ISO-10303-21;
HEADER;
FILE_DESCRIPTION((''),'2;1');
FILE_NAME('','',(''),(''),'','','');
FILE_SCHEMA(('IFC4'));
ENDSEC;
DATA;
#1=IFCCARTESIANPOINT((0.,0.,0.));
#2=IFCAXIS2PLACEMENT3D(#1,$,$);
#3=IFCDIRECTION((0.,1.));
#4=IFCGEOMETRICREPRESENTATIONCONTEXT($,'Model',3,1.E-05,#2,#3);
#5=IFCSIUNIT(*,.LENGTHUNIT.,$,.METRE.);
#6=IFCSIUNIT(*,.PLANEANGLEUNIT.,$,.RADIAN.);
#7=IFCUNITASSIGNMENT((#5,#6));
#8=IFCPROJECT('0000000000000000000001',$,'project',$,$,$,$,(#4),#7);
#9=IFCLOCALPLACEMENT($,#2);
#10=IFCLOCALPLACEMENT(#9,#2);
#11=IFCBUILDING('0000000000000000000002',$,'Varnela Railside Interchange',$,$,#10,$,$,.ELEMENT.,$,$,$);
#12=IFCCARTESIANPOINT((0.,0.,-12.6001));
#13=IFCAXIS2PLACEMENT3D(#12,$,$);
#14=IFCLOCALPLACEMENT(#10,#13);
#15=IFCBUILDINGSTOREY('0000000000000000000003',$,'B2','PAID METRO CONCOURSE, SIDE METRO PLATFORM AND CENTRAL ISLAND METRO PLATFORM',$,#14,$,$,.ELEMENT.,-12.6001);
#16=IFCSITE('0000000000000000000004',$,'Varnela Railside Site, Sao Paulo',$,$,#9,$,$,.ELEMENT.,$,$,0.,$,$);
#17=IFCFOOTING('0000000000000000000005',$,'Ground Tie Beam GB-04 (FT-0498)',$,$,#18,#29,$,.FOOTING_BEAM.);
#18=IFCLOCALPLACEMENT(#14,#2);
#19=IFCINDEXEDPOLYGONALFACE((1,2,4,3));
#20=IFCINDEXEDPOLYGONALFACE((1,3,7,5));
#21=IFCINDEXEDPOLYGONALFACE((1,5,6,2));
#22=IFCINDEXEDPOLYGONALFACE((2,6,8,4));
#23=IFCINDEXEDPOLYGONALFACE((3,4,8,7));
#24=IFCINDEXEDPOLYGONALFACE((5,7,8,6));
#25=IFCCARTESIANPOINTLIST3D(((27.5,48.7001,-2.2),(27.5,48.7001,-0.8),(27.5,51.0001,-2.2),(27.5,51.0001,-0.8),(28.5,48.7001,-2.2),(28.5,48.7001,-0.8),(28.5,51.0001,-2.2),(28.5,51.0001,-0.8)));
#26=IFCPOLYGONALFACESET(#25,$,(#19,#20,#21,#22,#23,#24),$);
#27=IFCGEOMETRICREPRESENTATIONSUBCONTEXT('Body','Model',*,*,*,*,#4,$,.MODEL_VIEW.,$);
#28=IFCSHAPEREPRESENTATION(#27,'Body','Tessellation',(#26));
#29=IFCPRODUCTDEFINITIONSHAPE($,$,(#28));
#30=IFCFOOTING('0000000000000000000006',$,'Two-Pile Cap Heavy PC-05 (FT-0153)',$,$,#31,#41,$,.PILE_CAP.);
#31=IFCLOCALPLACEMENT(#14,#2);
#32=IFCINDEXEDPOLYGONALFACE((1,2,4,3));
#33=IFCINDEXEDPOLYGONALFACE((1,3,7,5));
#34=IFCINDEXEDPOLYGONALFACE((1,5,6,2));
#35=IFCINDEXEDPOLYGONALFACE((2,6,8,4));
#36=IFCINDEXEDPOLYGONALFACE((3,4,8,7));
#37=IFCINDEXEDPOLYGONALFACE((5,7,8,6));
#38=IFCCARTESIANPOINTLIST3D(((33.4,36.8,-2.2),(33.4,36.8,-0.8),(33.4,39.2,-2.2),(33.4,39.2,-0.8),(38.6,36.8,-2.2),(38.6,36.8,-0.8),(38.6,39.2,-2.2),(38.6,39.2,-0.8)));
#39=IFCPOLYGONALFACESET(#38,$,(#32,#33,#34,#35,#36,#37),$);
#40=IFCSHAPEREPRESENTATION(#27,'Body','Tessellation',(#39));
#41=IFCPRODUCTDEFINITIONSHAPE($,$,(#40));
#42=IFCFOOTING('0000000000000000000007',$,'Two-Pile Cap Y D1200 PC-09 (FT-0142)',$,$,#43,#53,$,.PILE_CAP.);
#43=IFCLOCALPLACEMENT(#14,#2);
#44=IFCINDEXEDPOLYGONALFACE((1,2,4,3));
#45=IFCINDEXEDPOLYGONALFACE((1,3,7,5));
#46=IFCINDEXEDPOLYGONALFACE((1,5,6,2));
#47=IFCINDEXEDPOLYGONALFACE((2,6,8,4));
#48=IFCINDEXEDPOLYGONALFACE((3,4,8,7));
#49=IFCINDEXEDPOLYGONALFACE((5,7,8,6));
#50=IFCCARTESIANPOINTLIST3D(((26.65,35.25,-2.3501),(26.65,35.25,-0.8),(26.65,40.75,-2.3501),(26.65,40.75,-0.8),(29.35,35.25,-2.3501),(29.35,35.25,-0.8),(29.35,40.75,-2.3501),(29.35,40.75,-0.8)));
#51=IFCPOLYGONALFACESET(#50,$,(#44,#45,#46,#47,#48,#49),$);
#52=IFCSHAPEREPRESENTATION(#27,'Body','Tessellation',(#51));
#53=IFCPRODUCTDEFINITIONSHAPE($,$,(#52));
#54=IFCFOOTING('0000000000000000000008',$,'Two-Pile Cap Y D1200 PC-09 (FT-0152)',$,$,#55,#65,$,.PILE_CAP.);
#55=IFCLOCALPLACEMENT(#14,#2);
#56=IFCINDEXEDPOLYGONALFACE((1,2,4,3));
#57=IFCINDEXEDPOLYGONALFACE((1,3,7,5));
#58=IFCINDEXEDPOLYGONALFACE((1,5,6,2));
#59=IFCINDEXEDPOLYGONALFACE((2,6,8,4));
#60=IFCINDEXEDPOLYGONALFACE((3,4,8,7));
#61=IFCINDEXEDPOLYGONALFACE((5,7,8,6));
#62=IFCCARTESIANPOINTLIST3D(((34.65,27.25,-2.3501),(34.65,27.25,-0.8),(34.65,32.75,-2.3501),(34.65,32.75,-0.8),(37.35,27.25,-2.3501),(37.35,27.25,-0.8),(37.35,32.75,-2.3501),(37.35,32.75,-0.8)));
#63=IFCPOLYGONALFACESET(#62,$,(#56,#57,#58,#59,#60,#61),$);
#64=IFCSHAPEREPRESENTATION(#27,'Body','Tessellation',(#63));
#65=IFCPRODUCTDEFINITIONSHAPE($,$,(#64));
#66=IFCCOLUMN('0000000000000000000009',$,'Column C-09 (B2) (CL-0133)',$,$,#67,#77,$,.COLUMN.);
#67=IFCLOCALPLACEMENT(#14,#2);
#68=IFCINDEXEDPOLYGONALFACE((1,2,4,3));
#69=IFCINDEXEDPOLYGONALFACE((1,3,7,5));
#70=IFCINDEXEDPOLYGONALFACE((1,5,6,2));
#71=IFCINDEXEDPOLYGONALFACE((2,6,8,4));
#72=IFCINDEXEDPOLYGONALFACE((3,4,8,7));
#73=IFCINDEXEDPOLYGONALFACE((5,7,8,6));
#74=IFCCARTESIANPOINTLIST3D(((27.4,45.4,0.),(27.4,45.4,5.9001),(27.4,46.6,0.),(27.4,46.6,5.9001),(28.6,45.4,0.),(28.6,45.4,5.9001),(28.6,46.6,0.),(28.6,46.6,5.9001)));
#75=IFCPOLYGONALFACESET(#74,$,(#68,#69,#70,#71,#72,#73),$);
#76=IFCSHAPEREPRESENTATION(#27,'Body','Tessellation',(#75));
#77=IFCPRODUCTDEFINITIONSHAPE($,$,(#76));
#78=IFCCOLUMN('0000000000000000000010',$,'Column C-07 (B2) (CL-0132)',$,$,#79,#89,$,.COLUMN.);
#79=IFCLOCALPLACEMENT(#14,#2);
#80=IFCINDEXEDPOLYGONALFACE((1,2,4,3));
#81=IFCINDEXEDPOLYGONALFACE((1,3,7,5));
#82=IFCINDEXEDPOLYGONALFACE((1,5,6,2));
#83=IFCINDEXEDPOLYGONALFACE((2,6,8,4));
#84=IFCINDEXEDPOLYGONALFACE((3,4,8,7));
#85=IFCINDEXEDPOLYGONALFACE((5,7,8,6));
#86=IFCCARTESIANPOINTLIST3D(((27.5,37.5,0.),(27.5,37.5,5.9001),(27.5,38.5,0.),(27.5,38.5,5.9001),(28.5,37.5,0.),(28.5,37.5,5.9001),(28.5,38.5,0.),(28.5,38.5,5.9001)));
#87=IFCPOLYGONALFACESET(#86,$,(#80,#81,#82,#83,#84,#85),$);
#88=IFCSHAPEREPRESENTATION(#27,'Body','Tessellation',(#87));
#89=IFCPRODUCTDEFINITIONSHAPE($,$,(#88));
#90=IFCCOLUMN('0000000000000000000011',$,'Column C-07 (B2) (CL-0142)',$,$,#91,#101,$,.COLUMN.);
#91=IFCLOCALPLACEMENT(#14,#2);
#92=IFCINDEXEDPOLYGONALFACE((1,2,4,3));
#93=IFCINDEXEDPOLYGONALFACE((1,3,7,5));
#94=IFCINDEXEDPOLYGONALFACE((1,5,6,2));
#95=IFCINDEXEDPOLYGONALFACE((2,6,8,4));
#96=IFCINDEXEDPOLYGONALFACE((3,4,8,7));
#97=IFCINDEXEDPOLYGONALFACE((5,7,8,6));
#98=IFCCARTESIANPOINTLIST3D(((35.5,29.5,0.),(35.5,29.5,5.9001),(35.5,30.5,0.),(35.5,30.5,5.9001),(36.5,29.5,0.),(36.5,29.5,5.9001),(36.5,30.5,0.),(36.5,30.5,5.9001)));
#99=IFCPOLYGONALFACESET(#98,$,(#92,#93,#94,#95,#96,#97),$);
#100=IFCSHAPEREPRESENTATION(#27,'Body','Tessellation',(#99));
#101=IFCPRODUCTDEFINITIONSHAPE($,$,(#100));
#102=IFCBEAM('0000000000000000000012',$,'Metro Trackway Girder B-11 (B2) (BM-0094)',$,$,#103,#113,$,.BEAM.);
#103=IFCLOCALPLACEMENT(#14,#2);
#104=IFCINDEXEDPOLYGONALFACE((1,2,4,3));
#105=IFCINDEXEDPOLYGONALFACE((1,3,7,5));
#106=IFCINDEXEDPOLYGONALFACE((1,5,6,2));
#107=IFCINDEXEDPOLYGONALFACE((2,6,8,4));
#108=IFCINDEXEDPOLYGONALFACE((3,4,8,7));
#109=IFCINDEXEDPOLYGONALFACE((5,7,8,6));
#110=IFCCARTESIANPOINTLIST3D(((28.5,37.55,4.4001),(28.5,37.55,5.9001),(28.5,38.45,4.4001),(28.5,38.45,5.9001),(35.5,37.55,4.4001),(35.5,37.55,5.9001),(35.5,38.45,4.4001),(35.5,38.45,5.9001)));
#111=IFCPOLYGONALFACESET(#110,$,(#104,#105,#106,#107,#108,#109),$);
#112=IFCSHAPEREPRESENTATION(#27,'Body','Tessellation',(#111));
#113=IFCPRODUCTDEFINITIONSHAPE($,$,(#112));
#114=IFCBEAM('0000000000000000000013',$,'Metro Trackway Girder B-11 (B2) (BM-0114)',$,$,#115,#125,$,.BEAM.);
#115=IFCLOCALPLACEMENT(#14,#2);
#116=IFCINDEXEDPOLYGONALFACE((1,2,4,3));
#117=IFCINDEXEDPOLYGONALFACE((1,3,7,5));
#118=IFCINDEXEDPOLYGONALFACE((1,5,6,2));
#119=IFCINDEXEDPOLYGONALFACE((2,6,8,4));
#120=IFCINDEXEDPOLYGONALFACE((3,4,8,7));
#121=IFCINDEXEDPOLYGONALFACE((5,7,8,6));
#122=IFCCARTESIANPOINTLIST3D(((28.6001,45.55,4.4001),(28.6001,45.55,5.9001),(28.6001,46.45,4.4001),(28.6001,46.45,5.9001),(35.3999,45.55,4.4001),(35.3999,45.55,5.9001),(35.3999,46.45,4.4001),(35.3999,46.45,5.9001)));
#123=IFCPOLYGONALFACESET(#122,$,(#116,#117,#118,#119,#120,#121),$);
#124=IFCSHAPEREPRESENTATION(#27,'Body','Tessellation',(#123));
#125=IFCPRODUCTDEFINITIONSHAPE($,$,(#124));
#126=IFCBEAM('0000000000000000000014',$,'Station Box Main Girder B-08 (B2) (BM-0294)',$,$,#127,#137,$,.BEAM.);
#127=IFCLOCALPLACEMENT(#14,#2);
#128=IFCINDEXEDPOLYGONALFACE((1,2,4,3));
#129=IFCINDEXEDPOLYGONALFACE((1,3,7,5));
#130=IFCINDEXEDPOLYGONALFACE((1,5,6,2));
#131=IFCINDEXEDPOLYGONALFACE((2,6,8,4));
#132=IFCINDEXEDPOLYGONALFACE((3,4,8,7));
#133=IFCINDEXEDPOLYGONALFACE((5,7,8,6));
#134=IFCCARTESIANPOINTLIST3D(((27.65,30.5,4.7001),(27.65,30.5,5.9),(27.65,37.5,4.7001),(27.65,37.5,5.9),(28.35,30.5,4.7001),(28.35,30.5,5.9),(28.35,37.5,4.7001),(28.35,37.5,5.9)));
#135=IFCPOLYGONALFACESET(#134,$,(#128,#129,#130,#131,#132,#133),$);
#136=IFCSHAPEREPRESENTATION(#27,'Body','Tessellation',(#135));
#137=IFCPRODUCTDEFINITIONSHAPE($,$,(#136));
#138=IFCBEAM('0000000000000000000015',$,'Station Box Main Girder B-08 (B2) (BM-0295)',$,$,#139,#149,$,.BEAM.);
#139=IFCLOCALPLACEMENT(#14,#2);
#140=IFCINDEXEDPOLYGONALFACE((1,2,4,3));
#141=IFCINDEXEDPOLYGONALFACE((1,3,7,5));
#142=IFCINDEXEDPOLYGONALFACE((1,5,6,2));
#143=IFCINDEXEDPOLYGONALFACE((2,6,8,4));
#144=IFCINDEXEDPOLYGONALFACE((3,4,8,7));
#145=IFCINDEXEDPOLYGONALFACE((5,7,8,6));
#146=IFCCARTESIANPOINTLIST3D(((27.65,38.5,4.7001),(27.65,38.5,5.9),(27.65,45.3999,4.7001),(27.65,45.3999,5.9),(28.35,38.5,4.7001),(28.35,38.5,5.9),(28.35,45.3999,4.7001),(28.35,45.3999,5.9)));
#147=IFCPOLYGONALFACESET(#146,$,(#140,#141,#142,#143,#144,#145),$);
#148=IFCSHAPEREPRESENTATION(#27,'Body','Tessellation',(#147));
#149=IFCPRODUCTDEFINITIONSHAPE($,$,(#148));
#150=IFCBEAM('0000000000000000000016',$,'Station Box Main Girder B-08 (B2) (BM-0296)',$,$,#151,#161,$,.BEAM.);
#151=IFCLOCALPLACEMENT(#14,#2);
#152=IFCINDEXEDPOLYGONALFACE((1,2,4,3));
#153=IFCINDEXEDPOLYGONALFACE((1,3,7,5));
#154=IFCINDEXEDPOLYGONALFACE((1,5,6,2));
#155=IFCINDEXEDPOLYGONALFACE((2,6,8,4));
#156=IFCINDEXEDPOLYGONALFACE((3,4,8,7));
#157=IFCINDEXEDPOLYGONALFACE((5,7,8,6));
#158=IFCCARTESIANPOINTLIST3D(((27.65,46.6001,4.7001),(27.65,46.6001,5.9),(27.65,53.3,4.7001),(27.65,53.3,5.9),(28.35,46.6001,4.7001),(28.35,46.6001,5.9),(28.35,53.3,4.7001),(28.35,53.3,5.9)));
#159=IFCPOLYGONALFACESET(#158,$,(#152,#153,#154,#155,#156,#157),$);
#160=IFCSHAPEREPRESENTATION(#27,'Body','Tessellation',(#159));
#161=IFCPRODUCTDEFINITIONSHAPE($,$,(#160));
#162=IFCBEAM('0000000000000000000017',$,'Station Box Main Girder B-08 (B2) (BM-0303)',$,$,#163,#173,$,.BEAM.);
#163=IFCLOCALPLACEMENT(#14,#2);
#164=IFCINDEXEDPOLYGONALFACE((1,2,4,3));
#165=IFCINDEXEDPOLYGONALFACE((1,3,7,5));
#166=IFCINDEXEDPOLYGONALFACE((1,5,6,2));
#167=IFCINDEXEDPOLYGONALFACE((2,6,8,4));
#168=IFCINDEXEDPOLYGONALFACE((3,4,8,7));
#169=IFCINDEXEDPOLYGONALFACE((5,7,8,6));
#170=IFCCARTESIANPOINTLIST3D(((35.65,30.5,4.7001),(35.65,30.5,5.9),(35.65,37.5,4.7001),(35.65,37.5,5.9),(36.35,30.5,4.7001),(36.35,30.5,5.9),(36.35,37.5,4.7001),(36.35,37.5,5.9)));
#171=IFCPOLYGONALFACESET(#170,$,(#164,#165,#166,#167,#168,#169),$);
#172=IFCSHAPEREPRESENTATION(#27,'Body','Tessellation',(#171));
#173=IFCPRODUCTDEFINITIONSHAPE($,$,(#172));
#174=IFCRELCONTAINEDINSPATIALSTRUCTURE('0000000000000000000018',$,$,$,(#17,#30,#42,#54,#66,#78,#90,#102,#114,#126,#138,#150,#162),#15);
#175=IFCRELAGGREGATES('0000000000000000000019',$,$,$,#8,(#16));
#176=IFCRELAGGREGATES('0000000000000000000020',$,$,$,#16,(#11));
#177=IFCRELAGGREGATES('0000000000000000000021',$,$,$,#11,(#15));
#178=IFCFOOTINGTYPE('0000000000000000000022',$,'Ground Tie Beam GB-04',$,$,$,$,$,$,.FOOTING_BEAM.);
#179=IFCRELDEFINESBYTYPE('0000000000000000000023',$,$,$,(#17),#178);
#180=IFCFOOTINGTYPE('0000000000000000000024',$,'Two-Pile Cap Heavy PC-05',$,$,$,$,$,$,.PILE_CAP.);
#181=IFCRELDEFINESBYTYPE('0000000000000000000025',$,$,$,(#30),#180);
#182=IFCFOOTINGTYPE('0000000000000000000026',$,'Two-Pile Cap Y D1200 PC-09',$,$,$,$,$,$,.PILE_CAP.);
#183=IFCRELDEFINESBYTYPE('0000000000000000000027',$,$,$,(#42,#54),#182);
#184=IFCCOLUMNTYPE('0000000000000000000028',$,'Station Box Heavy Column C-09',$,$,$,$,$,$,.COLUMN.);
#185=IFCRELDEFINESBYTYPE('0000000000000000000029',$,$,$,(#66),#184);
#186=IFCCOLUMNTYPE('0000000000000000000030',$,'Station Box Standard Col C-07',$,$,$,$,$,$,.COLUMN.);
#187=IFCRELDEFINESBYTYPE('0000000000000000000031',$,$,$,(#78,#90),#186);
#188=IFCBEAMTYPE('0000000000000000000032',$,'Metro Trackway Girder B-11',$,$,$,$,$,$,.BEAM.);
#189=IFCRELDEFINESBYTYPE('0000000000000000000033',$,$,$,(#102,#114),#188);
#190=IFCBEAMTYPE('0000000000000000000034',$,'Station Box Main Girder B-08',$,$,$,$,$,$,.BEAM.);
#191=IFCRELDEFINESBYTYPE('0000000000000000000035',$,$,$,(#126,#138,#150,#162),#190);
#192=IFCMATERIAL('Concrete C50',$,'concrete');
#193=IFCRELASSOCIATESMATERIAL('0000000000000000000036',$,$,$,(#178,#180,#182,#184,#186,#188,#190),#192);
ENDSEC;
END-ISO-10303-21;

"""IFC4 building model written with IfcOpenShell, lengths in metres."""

from ifc_helpers import new_model, si_unit, direction, frame, origin, origin_2d, place, context, subcontext, project, spatial, rectangle, extrude, material, material_profile, profile_set, type_object, element, save


model = new_model("IFC4")

# Units and contexts
model_context = context("Model", 3, precision=1e-05, world=origin(), true_north=direction((0.0, 1.0)))
body_context = subcontext(model_context, "Body", "Model", "MODEL_VIEW")
ifc_project = project(units=[si_unit("LENGTHUNIT", "METRE"), si_unit("PLANEANGLEUNIT", "RADIAN")], contexts=[model_context])

# Site, building, storey
site_placement = place(None, origin())
site = spatial("IfcSite", under=ifc_project, at=site_placement, Name="Varnela Railside Site, Sao Paulo", CompositionType="ELEMENT", RefElevation=0.0)
building_placement = place(site_placement, origin())
building = spatial("IfcBuilding", under=site, at=building_placement, Name="Varnela Railside Interchange", CompositionType="ELEMENT")
storey_placement = place(building_placement, frame((0.0, 0.0, -12.6001)))
storey = spatial("IfcBuildingStorey", under=building, at=storey_placement, Name="B2", Description="PAID METRO CONCOURSE, SIDE METRO PLATFORM AND CENTRAL ISLAND METRO PLATFORM", CompositionType="ELEMENT", Elevation=-12.6001)

# Footings
ifc_material_1 = material(Name="Concrete C50", Category="concrete")
footing_type_1 = type_object("IfcFootingType", Name="Ground Tie Beam GB-04", PredefinedType="FOOTING_BEAM", material=ifc_material_1)
footing_1_placement = place(storey_placement, frame((28.0, 49.8501, -2.2), z_axis=(0.0, 0.0, 1.0), x_axis=(1.0, 0.0, 0.0)))
element("IfcFooting", 1, at=footing_1_placement, inside=storey, type_object=footing_type_1, Name="Ground Tie Beam GB-04 (FT-0498)", PredefinedType="FOOTING_BEAM", context=body_context, shape_type="SweptSolid", body=[
    extrude(rectangle(XDim=1.0, YDim=2.3, at=origin_2d()), origin(), (0.0, 0.0, 1.0), 1.3999),
])
footing_type_2 = type_object("IfcFootingType", Name="Two-Pile Cap Heavy PC-05", PredefinedType="PILE_CAP", material=ifc_material_1)
footing_2_placement = place(storey_placement, frame((36.0, 38.0, -2.2), z_axis=(0.0, 0.0, 1.0), x_axis=(1.0, 0.0, 0.0)))
element("IfcFooting", 2, at=footing_2_placement, inside=storey, type_object=footing_type_2, Name="Two-Pile Cap Heavy PC-05 (FT-0153)", PredefinedType="PILE_CAP", context=body_context, shape_type="SweptSolid", body=[
    extrude(rectangle(XDim=5.2, YDim=2.3999, at=origin_2d()), origin(), (0.0, 0.0, 1.0), 1.3999),
])
footing_type_3 = type_object("IfcFootingType", Name="Two-Pile Cap Y D1200 PC-09", PredefinedType="PILE_CAP", material=ifc_material_1)
for number, where, z_axis, x_axis, name in (
    (3, (28.0, 38.0, -2.3501), (0.0, 0.0, 1.0), (1.0, 0.0, 0.0), "Two-Pile Cap Y D1200 PC-09 (FT-0142)"),
    (4, (36.0, 30.0, -2.3501), (0.0, 0.0, 1.0), (1.0, 0.0, 0.0), "Two-Pile Cap Y D1200 PC-09 (FT-0152)"),
):
    element("IfcFooting", number, at=place(storey_placement, frame(where, z_axis=z_axis, x_axis=x_axis)), inside=storey, type_object=footing_type_3, Name=name, PredefinedType="PILE_CAP", context=body_context, shape_type="SweptSolid", body=[
        extrude(rectangle(XDim=2.7, YDim=5.5, at=origin_2d()), origin(), (0.0, 0.0, 1.0), 1.55),
    ])

# Columns
ifc_material_profile_1 = material_profile(ifc_material_1, rectangle(XDim=1.2, YDim=1.2, at=origin_2d()), Name="RC 1200x1200")
ifc_profile_set_1 = profile_set([ifc_material_profile_1], Name="Concrete C50")
column_type_1 = type_object("IfcColumnType", Name="Station Box Heavy Column C-09", PredefinedType="COLUMN", material=ifc_profile_set_1)
column_placement = place(storey_placement, frame((28.0, 46.0, 0.0), z_axis=(0.0, 0.0, 1.0), x_axis=(1.0, 0.0, 0.0)))
element("IfcColumn", 5, at=column_placement, inside=storey, type_object=column_type_1, Name="Column C-09 (B2) (CL-0133)", PredefinedType="COLUMN", context=body_context, shape_type="SweptSolid", body=[
    extrude(rectangle(XDim=1.2, YDim=1.2, at=origin_2d()), origin(), (0.0, 0.0, 1.0), 5.9001),
])
ifc_material_profile_2 = material_profile(ifc_material_1, rectangle(XDim=1.0, YDim=1.0, at=origin_2d()), Name="RC 1000x1000")
ifc_profile_set_2 = profile_set([ifc_material_profile_2], Name="Concrete C50")
column_type_2 = type_object("IfcColumnType", Name="Station Box Standard Col C-07", PredefinedType="COLUMN", material=ifc_profile_set_2)
for number, where, z_axis, x_axis, name in (
    (6, (28.0, 38.0, 0.0), (0.0, 0.0, 1.0), (1.0, 0.0, 0.0), "Column C-07 (B2) (CL-0132)"),
    (7, (36.0, 30.0, 0.0), (0.0, 0.0, 1.0), (1.0, 0.0, 0.0), "Column C-07 (B2) (CL-0142)"),
):
    element("IfcColumn", number, at=place(storey_placement, frame(where, z_axis=z_axis, x_axis=x_axis)), inside=storey, type_object=column_type_2, Name=name, PredefinedType="COLUMN", context=body_context, shape_type="SweptSolid", body=[
        extrude(rectangle(XDim=1.0, YDim=1.0, at=origin_2d()), origin(), (0.0, 0.0, 1.0), 5.9001),
    ])

# Beams
ifc_material_profile_3 = material_profile(ifc_material_1, rectangle(XDim=0.8999, YDim=1.5, at=origin_2d()), Name="RC 900x1500")
ifc_profile_set_3 = profile_set([ifc_material_profile_3], Name="Concrete C50")
beam_type_1 = type_object("IfcBeamType", Name="Metro Trackway Girder B-11", PredefinedType="BEAM", material=ifc_profile_set_3)
beam_1_placement = place(storey_placement, frame((28.5, 38.0, 5.1501), z_axis=(1.0, 0.0, 0.0), x_axis=(0.0, 1.0, 0.0)))
element("IfcBeam", 8, at=beam_1_placement, inside=storey, type_object=beam_type_1, Name="Metro Trackway Girder B-11 (B2) (BM-0094)", PredefinedType="BEAM", context=body_context, shape_type="SweptSolid", body=[
    extrude(rectangle(XDim=0.8999, YDim=1.5, at=origin_2d()), origin(), (0.0, 0.0, 1.0), 7.0),
])
beam_2_placement = place(storey_placement, frame((28.6001, 46.0, 5.1501), z_axis=(1.0, 0.0, 0.0), x_axis=(0.0, 1.0, 0.0)))
element("IfcBeam", 9, at=beam_2_placement, inside=storey, type_object=beam_type_1, Name="Metro Trackway Girder B-11 (B2) (BM-0114)", PredefinedType="BEAM", context=body_context, shape_type="SweptSolid", body=[
    extrude(rectangle(XDim=0.8999, YDim=1.5, at=origin_2d()), origin(), (0.0, 0.0, 1.0), 6.7998),
])
ifc_material_profile_4 = material_profile(ifc_material_1, rectangle(XDim=0.7, YDim=1.2, at=origin_2d()), Name="RC 700x1200")
ifc_profile_set_4 = profile_set([ifc_material_profile_4], Name="Concrete C50")
beam_type_2 = type_object("IfcBeamType", Name="Station Box Main Girder B-08", PredefinedType="BEAM", material=ifc_profile_set_4)
beam_3_placement = place(storey_placement, frame((28.0, 30.5, 5.3), z_axis=(0.0, 1.0, 0.0), x_axis=(-1.0, 0.0, 0.0)))
element("IfcBeam", 10, at=beam_3_placement, inside=storey, type_object=beam_type_2, Name="Station Box Main Girder B-08 (B2) (BM-0294)", PredefinedType="BEAM", context=body_context, shape_type="SweptSolid", body=[
    extrude(rectangle(XDim=0.7, YDim=1.2, at=origin_2d()), origin(), (0.0, 0.0, 1.0), 7.0),
])
beam_4_placement = place(storey_placement, frame((28.0, 38.5, 5.3), z_axis=(0.0, 1.0, 0.0), x_axis=(-1.0, 0.0, 0.0)))
element("IfcBeam", 11, at=beam_4_placement, inside=storey, type_object=beam_type_2, Name="Station Box Main Girder B-08 (B2) (BM-0295)", PredefinedType="BEAM", context=body_context, shape_type="SweptSolid", body=[
    extrude(rectangle(XDim=0.7, YDim=1.2, at=origin_2d()), origin(), (0.0, 0.0, 1.0), 6.8999),
])
beam_5_placement = place(storey_placement, frame((28.0, 46.6001, 5.3), z_axis=(0.0, 1.0, 0.0), x_axis=(-1.0, 0.0, 0.0)))
element("IfcBeam", 12, at=beam_5_placement, inside=storey, type_object=beam_type_2, Name="Station Box Main Girder B-08 (B2) (BM-0296)", PredefinedType="BEAM", context=body_context, shape_type="SweptSolid", body=[
    extrude(rectangle(XDim=0.7, YDim=1.2, at=origin_2d()), origin(), (0.0, 0.0, 1.0), 6.7),
])
beam_6_placement = place(storey_placement, frame((36.0, 30.5, 5.3), z_axis=(0.0, 1.0, 0.0), x_axis=(-1.0, 0.0, 0.0)))
element("IfcBeam", 13, at=beam_6_placement, inside=storey, type_object=beam_type_2, Name="Station Box Main Girder B-08 (B2) (BM-0303)", PredefinedType="BEAM", context=body_context, shape_type="SweptSolid", body=[
    extrude(rectangle(XDim=0.7, YDim=1.2, at=origin_2d()), origin(), (0.0, 0.0, 1.0), 7.0),
])

save(model, "model.ifc")
